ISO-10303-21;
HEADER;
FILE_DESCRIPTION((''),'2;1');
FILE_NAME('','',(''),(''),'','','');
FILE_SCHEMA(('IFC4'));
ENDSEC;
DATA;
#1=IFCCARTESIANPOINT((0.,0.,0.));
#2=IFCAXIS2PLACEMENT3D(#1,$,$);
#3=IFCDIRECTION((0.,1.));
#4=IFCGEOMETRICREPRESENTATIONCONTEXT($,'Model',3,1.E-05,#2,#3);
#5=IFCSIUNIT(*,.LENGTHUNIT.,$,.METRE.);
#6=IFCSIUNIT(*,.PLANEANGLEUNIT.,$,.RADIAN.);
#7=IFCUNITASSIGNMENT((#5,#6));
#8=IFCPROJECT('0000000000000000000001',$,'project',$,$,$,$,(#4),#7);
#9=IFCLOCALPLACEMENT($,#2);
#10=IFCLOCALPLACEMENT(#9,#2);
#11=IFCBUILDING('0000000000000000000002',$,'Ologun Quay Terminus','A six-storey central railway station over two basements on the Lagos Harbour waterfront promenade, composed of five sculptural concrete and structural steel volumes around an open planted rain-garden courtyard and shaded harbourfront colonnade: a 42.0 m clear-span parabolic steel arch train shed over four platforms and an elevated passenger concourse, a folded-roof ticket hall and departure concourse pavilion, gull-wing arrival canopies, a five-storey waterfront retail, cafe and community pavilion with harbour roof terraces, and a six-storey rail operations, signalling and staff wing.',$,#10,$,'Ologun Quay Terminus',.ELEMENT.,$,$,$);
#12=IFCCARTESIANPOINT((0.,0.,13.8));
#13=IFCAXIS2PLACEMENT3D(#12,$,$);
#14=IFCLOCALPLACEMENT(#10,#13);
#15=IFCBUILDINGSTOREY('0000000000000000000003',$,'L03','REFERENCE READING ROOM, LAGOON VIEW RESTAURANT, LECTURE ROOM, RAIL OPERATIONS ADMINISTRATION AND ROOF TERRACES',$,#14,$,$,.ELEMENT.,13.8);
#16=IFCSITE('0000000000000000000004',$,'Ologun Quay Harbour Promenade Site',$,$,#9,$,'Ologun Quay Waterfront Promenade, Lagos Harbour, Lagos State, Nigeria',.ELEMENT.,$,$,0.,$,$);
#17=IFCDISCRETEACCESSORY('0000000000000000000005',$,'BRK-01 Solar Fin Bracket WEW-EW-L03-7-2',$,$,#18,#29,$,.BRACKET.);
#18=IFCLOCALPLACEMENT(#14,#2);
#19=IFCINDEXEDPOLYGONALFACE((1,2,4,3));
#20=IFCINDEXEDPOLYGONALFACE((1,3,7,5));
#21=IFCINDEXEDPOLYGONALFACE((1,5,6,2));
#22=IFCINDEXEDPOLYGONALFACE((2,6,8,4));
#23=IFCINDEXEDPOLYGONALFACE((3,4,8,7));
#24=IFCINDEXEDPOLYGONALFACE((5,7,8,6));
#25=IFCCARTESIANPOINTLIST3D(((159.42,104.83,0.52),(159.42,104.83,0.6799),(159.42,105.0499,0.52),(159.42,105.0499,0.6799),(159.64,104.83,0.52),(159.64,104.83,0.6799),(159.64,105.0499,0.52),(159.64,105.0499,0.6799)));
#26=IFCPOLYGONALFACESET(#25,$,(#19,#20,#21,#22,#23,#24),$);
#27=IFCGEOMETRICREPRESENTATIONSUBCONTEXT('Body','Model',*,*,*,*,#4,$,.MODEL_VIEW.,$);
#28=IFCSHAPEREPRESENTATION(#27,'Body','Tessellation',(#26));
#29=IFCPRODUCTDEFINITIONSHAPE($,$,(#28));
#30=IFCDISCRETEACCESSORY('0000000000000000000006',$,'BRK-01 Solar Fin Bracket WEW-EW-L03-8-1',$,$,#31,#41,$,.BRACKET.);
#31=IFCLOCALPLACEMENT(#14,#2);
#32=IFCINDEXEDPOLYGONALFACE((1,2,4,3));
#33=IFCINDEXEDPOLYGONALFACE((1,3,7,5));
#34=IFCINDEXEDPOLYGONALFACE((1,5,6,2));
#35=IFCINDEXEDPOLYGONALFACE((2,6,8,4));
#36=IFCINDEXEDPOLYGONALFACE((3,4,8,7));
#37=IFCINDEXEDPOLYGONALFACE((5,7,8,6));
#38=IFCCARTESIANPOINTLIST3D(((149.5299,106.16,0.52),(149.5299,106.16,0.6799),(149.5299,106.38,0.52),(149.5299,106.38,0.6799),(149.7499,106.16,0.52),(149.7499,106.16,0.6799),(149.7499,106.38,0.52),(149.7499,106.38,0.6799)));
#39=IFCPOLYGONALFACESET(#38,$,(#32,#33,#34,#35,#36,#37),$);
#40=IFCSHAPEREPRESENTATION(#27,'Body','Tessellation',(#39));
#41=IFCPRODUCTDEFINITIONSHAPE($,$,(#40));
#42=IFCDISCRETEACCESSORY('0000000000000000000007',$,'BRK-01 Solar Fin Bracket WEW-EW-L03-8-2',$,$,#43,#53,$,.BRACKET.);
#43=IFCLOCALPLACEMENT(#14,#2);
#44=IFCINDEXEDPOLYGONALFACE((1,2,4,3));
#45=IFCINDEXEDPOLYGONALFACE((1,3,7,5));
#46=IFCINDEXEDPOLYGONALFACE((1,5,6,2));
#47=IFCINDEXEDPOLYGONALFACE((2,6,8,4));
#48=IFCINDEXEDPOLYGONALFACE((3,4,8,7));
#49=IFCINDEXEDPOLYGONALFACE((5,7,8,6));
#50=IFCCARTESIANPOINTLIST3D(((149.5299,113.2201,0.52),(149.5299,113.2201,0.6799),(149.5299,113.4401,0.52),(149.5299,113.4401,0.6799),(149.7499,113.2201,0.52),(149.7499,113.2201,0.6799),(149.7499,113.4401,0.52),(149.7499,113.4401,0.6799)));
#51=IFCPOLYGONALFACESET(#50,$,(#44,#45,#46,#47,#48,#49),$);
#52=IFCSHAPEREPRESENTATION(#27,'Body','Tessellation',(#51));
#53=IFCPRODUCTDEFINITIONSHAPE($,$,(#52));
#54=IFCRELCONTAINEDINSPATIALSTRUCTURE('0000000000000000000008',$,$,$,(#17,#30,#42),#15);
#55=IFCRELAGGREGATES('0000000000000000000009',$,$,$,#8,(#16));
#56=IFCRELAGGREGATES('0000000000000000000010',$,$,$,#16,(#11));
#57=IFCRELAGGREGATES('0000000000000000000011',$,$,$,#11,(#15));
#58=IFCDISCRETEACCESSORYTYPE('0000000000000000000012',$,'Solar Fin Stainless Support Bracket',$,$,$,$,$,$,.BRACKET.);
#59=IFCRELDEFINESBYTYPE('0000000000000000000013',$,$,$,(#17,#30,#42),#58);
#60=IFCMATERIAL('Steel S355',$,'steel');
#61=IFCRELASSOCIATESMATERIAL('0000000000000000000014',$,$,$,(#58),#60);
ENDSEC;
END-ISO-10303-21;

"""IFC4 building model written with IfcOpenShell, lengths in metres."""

from ifc_helpers import new_model, si_unit, direction, frame, origin, origin_2d, place, context, subcontext, project, spatial, rectangle, extrude, material, type_object, element, save


model = new_model("IFC4")

# Units and contexts
model_context = context("Model", 3, precision=1e-05, world=origin(), true_north=direction((0.0, 1.0)))
body_context = subcontext(model_context, "Body", "Model", "MODEL_VIEW")
ifc_project = project(units=[si_unit("LENGTHUNIT", "METRE"), si_unit("PLANEANGLEUNIT", "RADIAN")], contexts=[model_context])

# Site, building, storey
site_placement = place(None, origin())
site = spatial("IfcSite", under=ifc_project, at=site_placement, Name="Ologun Quay Harbour Promenade Site", LongName="Ologun Quay Waterfront Promenade, Lagos Harbour, Lagos State, Nigeria", CompositionType="ELEMENT", RefElevation=0.0)
building_placement = place(site_placement, origin())
building = spatial("IfcBuilding", under=site, at=building_placement, Name="Ologun Quay Terminus", Description="A six-storey central railway station over two basements on the Lagos Harbour waterfront promenade, composed of five sculptural concrete and structural steel volumes around an open planted rain-garden courtyard and shaded harbourfront colonnade: a 42.0 m clear-span parabolic steel arch train shed over four platforms and an elevated passenger concourse, a folded-roof ticket hall and departure concourse pavilion, gull-wing arrival canopies, a five-storey waterfront retail, cafe and community pavilion with harbour roof terraces, and a six-storey rail operations, signalling and staff wing.", LongName="Ologun Quay Terminus", CompositionType="ELEMENT")
storey_placement = place(building_placement, frame((0.0, 0.0, 13.8)))
storey = spatial("IfcBuildingStorey", under=building, at=storey_placement, Name="L03", Description="REFERENCE READING ROOM, LAGOON VIEW RESTAURANT, LECTURE ROOM, RAIL OPERATIONS ADMINISTRATION AND ROOF TERRACES", CompositionType="ELEMENT", Elevation=13.8)

# Discrete accessories
ifc_material_1 = material(Name="Steel S355", Category="steel")
discrete_accessory_type = type_object("IfcDiscreteAccessoryType", Name="Solar Fin Stainless Support Bracket", PredefinedType="BRACKET", material=ifc_material_1)
for number, where, z_axis, x_axis, name in (
    (1, (159.53, 104.9399, 0.52), (0.0, 0.0, 1.0), (1.0, 0.0, 0.0), "BRK-01 Solar Fin Bracket WEW-EW-L03-7-2"),
    (2, (149.6399, 106.27, 0.52), (0.0, 0.0, 1.0), (1.0, 0.0, 0.0), "BRK-01 Solar Fin Bracket WEW-EW-L03-8-1"),
    (3, (149.6399, 113.3301, 0.52), (0.0, 0.0, 1.0), (1.0, 0.0, 0.0), "BRK-01 Solar Fin Bracket WEW-EW-L03-8-2"),
):
    element("IfcDiscreteAccessory", number, at=place(storey_placement, frame(where, z_axis=z_axis, x_axis=x_axis)), inside=storey, type_object=discrete_accessory_type, Name=name, PredefinedType="BRACKET", context=body_context, shape_type="SweptSolid", body=[
        extrude(rectangle(XDim=0.22, YDim=0.22, at=origin_2d()), origin(), (0.0, 0.0, 1.0), 0.1599),
    ])

save(model, "model.ifc")
